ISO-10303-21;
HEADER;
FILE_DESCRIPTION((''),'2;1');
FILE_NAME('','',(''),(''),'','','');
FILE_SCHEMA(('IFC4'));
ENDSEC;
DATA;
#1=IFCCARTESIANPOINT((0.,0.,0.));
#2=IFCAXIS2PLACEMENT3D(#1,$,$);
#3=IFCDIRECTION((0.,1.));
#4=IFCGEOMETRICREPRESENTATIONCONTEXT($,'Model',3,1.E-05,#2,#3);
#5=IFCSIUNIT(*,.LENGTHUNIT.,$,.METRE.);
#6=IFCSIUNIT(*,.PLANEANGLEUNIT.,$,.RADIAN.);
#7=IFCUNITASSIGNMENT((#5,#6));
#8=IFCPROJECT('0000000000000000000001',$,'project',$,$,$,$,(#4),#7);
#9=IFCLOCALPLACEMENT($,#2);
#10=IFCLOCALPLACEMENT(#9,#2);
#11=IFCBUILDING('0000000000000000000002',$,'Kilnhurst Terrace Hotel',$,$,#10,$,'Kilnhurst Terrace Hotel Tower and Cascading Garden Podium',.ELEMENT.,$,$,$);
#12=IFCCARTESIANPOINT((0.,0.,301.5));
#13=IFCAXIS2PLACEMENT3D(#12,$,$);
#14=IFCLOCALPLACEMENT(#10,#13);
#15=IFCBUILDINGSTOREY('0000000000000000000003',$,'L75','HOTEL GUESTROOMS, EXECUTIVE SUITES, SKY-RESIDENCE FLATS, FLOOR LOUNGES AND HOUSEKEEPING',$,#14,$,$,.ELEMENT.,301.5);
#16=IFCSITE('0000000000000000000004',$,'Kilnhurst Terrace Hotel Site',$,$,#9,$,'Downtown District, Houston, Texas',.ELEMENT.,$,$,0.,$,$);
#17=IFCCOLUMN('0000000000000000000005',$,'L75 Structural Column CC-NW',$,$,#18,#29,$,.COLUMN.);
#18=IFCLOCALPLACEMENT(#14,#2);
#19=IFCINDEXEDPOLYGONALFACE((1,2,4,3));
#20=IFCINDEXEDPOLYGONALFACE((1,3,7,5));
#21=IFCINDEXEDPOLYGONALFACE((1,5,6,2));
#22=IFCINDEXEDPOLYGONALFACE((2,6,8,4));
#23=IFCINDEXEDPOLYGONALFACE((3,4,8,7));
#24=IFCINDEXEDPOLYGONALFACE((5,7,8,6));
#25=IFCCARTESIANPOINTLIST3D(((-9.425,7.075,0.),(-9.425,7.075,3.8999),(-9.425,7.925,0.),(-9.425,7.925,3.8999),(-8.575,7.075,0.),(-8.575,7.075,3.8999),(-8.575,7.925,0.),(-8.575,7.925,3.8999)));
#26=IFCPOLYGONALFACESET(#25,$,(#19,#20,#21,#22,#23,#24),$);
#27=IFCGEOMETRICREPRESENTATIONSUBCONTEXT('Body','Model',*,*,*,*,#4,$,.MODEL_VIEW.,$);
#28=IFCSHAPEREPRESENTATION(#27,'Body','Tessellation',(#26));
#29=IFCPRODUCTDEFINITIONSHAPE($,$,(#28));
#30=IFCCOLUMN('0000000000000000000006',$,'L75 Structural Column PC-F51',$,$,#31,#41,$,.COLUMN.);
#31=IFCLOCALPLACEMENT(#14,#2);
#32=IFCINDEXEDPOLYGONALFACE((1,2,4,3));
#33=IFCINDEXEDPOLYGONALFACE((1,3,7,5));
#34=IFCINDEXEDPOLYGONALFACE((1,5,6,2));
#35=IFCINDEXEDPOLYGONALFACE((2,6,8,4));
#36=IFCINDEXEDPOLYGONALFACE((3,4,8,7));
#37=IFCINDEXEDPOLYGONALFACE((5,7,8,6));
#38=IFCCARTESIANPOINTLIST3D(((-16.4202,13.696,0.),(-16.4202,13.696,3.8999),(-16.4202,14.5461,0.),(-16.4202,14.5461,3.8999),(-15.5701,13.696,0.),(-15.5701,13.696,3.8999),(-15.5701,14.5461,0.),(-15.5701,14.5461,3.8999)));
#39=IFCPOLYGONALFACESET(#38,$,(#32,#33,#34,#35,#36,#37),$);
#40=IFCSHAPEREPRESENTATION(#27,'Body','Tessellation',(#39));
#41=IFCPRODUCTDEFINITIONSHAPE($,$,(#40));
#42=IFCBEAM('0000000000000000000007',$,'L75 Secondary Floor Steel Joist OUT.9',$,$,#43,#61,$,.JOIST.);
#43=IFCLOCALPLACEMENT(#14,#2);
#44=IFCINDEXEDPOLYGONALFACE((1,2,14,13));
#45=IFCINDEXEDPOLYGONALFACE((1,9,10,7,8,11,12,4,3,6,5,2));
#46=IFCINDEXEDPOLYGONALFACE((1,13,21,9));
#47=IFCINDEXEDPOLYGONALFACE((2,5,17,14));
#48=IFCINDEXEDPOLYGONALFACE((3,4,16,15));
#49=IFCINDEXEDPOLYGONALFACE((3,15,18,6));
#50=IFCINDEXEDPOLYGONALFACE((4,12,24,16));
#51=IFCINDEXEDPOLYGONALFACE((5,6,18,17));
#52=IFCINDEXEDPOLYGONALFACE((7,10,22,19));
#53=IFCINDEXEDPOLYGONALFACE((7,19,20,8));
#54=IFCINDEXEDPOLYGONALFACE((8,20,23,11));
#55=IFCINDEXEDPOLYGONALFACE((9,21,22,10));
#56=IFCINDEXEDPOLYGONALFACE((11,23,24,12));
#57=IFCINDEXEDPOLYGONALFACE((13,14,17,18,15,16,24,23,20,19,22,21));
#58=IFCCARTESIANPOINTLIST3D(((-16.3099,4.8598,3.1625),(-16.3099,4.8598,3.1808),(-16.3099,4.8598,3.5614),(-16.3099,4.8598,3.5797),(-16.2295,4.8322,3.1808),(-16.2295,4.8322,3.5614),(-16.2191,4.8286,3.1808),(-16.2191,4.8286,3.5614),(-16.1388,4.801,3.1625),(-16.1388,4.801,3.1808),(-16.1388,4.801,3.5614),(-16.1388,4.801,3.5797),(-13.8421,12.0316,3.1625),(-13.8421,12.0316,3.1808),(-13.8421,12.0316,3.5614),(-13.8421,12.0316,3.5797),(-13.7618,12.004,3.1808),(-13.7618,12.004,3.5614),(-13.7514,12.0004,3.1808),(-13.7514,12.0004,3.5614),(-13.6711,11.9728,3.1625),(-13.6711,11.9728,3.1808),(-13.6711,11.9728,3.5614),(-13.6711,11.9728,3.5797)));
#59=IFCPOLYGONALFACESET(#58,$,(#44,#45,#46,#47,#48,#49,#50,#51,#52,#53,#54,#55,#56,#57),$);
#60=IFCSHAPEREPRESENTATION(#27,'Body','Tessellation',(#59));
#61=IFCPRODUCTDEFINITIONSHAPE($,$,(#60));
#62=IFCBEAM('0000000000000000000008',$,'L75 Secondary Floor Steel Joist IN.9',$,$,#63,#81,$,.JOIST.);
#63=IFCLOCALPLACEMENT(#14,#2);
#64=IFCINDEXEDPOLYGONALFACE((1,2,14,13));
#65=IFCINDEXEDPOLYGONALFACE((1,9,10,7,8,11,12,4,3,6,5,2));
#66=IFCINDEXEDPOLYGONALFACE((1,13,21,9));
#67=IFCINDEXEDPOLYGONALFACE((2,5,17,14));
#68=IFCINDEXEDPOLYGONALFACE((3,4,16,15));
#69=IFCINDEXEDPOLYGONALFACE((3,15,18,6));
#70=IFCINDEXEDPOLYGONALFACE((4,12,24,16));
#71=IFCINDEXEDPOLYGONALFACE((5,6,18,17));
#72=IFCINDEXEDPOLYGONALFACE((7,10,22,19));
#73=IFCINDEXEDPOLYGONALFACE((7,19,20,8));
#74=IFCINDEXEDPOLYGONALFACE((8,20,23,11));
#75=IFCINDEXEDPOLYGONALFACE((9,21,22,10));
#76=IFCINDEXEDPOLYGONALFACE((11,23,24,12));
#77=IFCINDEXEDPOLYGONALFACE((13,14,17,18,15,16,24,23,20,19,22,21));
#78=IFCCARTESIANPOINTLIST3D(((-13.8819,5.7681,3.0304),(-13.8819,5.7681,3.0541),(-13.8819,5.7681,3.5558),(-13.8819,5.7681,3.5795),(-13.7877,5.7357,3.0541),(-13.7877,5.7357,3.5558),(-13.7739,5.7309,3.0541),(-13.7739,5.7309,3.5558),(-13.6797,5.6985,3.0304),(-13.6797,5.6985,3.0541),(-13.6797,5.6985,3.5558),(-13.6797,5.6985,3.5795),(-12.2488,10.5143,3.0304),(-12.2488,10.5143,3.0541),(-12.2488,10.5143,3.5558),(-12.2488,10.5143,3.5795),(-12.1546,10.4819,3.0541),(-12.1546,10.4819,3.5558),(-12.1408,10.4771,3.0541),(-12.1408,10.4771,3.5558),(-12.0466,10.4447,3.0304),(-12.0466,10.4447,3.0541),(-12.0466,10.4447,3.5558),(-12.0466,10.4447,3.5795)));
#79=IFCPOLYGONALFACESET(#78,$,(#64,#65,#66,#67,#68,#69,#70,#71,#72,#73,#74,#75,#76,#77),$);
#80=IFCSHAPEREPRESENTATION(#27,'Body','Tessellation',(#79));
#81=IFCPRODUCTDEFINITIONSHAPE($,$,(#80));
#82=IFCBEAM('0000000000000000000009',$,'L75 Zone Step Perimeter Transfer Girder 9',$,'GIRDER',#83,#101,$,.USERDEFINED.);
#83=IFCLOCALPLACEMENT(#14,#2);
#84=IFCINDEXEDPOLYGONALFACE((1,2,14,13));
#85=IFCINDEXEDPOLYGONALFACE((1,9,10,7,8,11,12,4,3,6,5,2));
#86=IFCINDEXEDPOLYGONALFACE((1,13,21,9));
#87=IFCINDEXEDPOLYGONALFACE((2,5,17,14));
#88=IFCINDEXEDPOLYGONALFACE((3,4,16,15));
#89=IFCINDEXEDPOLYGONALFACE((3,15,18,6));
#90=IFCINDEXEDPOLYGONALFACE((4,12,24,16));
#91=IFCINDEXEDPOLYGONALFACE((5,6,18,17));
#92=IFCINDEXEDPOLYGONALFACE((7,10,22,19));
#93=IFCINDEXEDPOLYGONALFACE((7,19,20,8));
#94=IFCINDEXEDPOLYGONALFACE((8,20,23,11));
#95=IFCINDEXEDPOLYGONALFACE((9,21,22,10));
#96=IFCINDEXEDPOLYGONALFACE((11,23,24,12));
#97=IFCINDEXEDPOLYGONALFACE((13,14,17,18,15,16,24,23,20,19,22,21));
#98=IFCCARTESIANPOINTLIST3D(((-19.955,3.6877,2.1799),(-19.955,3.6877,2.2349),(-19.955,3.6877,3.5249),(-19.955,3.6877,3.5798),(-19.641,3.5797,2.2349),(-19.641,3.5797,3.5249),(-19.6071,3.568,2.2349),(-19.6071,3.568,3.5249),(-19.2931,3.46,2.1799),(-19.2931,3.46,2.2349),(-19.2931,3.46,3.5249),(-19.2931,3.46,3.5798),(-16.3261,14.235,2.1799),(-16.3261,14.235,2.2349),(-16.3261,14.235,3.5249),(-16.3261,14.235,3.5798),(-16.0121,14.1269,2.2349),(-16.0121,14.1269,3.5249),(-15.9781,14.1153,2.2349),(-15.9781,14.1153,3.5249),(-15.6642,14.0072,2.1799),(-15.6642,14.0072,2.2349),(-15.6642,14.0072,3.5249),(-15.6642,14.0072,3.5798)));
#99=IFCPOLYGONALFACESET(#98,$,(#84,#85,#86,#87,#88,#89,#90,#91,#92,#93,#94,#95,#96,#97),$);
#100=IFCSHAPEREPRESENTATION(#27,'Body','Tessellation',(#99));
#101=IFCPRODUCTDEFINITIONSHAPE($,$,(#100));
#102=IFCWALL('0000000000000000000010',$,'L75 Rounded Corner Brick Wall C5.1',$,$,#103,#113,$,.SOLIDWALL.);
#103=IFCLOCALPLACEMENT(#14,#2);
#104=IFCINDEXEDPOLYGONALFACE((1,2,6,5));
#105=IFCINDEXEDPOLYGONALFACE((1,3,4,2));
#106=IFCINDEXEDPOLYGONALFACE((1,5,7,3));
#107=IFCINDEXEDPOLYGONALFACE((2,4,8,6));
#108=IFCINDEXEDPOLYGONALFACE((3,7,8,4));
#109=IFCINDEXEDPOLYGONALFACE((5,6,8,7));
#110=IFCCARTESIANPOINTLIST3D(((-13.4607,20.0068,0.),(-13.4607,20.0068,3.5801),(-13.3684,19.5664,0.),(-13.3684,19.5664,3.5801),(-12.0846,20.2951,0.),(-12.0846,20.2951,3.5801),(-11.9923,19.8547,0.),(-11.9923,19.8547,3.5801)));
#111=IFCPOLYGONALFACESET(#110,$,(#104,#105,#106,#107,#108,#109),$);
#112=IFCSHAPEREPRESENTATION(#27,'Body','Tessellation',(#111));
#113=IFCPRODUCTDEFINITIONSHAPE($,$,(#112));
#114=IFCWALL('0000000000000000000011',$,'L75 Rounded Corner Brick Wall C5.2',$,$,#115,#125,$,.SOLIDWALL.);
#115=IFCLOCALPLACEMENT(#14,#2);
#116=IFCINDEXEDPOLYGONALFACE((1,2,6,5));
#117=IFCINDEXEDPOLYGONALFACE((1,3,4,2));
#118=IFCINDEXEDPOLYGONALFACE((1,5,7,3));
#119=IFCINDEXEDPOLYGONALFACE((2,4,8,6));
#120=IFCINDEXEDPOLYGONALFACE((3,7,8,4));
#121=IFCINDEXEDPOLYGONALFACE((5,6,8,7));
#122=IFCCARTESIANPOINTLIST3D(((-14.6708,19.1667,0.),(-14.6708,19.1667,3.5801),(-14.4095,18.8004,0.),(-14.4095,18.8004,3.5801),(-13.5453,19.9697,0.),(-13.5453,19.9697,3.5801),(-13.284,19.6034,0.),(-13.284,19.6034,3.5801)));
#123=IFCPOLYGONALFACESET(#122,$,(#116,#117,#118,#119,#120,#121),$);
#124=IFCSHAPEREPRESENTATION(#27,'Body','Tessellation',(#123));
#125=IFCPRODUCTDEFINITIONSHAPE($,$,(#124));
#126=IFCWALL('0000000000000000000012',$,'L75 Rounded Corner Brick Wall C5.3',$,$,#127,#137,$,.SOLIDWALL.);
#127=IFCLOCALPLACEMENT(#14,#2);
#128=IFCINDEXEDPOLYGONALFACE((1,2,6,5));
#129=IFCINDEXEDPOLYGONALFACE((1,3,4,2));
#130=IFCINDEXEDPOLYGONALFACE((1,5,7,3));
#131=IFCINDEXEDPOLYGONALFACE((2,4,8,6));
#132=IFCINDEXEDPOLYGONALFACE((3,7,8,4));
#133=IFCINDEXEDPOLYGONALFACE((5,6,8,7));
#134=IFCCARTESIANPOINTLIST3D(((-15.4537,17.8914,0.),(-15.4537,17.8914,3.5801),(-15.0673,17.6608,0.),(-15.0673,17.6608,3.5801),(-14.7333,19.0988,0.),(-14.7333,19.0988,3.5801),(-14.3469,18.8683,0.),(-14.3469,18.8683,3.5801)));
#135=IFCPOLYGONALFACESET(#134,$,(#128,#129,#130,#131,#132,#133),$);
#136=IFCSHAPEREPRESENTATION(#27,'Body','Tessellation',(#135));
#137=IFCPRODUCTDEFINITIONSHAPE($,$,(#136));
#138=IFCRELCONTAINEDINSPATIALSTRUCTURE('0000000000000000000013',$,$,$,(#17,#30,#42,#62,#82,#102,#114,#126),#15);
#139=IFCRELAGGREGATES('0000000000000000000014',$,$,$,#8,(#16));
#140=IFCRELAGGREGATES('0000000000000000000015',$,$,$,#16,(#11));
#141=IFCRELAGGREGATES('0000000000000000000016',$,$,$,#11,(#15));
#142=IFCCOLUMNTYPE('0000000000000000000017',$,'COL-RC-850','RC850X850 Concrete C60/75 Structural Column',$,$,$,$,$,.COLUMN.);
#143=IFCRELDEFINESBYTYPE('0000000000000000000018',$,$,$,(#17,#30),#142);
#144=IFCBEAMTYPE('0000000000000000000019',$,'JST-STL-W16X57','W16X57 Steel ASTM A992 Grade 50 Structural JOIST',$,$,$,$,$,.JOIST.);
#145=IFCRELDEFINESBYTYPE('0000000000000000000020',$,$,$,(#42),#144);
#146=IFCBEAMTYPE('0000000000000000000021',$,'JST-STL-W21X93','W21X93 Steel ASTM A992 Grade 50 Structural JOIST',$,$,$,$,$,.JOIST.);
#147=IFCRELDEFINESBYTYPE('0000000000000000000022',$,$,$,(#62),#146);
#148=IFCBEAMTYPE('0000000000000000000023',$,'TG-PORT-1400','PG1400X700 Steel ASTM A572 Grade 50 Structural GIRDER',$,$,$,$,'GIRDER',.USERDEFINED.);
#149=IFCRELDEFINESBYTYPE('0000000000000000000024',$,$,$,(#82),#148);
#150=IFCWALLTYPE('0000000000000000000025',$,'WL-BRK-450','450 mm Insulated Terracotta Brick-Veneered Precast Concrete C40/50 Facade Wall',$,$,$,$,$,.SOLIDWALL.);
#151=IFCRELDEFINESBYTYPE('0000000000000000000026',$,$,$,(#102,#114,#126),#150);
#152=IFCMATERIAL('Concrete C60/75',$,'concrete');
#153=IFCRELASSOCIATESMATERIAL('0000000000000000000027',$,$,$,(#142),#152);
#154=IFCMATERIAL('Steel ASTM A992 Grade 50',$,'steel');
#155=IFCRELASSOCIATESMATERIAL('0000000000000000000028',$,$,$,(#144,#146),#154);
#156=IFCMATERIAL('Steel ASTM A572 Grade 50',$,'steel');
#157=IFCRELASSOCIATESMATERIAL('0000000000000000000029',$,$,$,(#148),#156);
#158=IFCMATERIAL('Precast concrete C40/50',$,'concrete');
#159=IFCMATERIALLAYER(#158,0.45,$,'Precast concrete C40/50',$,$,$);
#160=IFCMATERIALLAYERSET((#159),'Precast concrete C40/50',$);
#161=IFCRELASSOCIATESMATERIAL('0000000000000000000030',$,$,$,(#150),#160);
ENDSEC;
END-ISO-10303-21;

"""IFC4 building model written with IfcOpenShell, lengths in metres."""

from ifc_helpers import new_model, si_unit, direction, frame, frame_2d, origin, origin_2d, place, context, subcontext, project, spatial, rectangle, i_section, extrude, material, layer, layer_set, material_profile, profile_set, type_object, element, save


model = new_model("IFC4")

# Units and contexts
model_context = context("Model", 3, precision=1e-05, world=origin(), true_north=direction((0.0, 1.0)))
body_context = subcontext(model_context, "Body", "Model", "MODEL_VIEW")
ifc_project = project(units=[si_unit("LENGTHUNIT", "METRE"), si_unit("PLANEANGLEUNIT", "RADIAN")], contexts=[model_context])

# Site, building, storey
site_placement = place(None, origin())
site = spatial("IfcSite", under=ifc_project, at=site_placement, Name="Kilnhurst Terrace Hotel Site", LongName="Downtown District, Houston, Texas", CompositionType="ELEMENT", RefElevation=0.0)
building_placement = place(site_placement, origin())
building = spatial("IfcBuilding", under=site, at=building_placement, Name="Kilnhurst Terrace Hotel", LongName="Kilnhurst Terrace Hotel Tower and Cascading Garden Podium", CompositionType="ELEMENT")
storey_placement = place(building_placement, frame((0.0, 0.0, 301.5)))
storey = spatial("IfcBuildingStorey", under=building, at=storey_placement, Name="L75", Description="HOTEL GUESTROOMS, EXECUTIVE SUITES, SKY-RESIDENCE FLATS, FLOOR LOUNGES AND HOUSEKEEPING", CompositionType="ELEMENT", Elevation=301.5)

# Columns
ifc_material_1 = material(Name="Concrete C60/75", Category="concrete")
ifc_material_profile_1 = material_profile(ifc_material_1, rectangle(XDim=0.8501, YDim=0.8501, at=origin_2d()), Name="RC850X850")
ifc_profile_set_1 = profile_set([ifc_material_profile_1], Name="Concrete C60/75")
column_type = type_object("IfcColumnType", Name="COL-RC-850", Description="RC850X850 Concrete C60/75 Structural Column", PredefinedType="COLUMN", material=ifc_profile_set_1)
for number, where, z_axis, x_axis, name in (
    (1, (-9.0, 7.5, 0.0), (0.0, 0.0, 1.0), (1.0, 0.0, 0.0), "L75 Structural Column CC-NW"),
    (2, (-15.9951, 14.1211, 0.0), (0.0, 0.0, 1.0), (1.0, 0.0, 0.0), "L75 Structural Column PC-F51"),
):
    element("IfcColumn", number, at=place(storey_placement, frame(where, z_axis=z_axis, x_axis=x_axis)), inside=storey, type_object=column_type, Name=name, PredefinedType="COLUMN", context=body_context, shape_type="SweptSolid", body=[
        extrude(rectangle(XDim=0.8501, YDim=0.8501, at=origin_2d()), origin(), (0.0, 0.0, 1.0), 3.8999),
    ])

# Beams
ifc_material_2 = material(Name="Steel ASTM A992 Grade 50", Category="steel")
ifc_material_profile_2 = material_profile(ifc_material_2, i_section(OverallWidth=0.1809, OverallDepth=0.4172, WebThickness=0.011, FlangeThickness=0.0183, at=origin_2d()), Name="W16X57")
ifc_profile_set_2 = profile_set([ifc_material_profile_2], Name="Steel ASTM A992 Grade 50")
beam_type_1 = type_object("IfcBeamType", Name="JST-STL-W16X57", Description="W16X57 Steel ASTM A992 Grade 50 Structural JOIST", PredefinedType="JOIST", material=ifc_profile_set_2)
beam_1_placement = place(storey_placement, frame((-13.7566, 12.0022, 3.3711), z_axis=(-0.325368, -0.945588, 0.0), x_axis=(0.945588, -0.325368, 0.0)))
element("IfcBeam", 3, at=beam_1_placement, inside=storey, type_object=beam_type_1, Name="L75 Secondary Floor Steel Joist OUT.9", PredefinedType="JOIST", context=body_context, shape_type="SweptSolid", body=[
    extrude(i_section(OverallWidth=0.1809, OverallDepth=0.4172, WebThickness=0.011, FlangeThickness=0.0183, at=origin_2d()), origin(), (0.0, 0.0, 1.0), 7.5845),
])
ifc_material_profile_3 = material_profile(ifc_material_2, i_section(OverallWidth=0.2139, OverallDepth=0.5491, WebThickness=0.0146, FlangeThickness=0.0237, at=origin_2d()), Name="W21X93")
ifc_profile_set_3 = profile_set([ifc_material_profile_3], Name="Steel ASTM A992 Grade 50")
beam_type_2 = type_object("IfcBeamType", Name="JST-STL-W21X93", Description="W21X93 Steel ASTM A992 Grade 50 Structural JOIST", PredefinedType="JOIST", material=ifc_profile_set_3)
beam_2_placement = place(storey_placement, frame((-12.1477, 10.4795, 3.3049), z_axis=(-0.325363, -0.945589, 0.0), x_axis=(0.945589, -0.325363, 0.0)))
element("IfcBeam", 4, at=beam_2_placement, inside=storey, type_object=beam_type_2, Name="L75 Secondary Floor Steel Joist IN.9", PredefinedType="JOIST", context=body_context, shape_type="SweptSolid", body=[
    extrude(i_section(OverallWidth=0.2139, OverallDepth=0.5491, WebThickness=0.0146, FlangeThickness=0.0237, at=origin_2d()), origin(), (0.0, 0.0, 1.0), 5.0193),
])
ifc_material_3 = material(Name="Steel ASTM A572 Grade 50", Category="steel")
ifc_material_profile_4 = material_profile(ifc_material_3, i_section(OverallWidth=0.7, OverallDepth=1.3999, WebThickness=0.0359, FlangeThickness=0.0549, at=origin_2d()), Name="PG1400X700")
ifc_profile_set_4 = profile_set([ifc_material_profile_4], Name="Steel ASTM A572 Grade 50")
beam_type_3 = type_object("IfcBeamType", Name="TG-PORT-1400", Description="PG1400X700 Steel ASTM A572 Grade 50 Structural GIRDER", ElementType="GIRDER", PredefinedType="USERDEFINED", material=ifc_profile_set_4)
beam_3_placement = place(storey_placement, frame((-15.9951, 14.1211, 2.8799), z_axis=(-0.325347, -0.945595, 0.0), x_axis=(0.945595, -0.325347, 0.0)))
element("IfcBeam", 5, at=beam_3_placement, inside=storey, type_object=beam_type_3, Name="L75 Zone Step Perimeter Transfer Girder 9", ObjectType="GIRDER", PredefinedType="USERDEFINED", context=body_context, shape_type="SweptSolid", body=[
    extrude(i_section(OverallWidth=0.7, OverallDepth=1.3999, WebThickness=0.0359, FlangeThickness=0.0549, at=origin_2d()), origin(), (0.0, 0.0, 1.0), 11.1541),
])

# Walls
ifc_material_4 = material(Name="Precast concrete C40/50", Category="concrete")
ifc_layer_1 = layer(ifc_material_4, 0.45, Name="Precast concrete C40/50")
ifc_layer_set_1 = layer_set([ifc_layer_1], Name="Precast concrete C40/50")
wall_type_1 = type_object("IfcWallType", Name="WL-BRK-450", Description="450 mm Insulated Terracotta Brick-Veneered Precast Concrete C40/50 Facade Wall", PredefinedType="SOLIDWALL", material=ifc_layer_set_1)
wall_1_placement = place(storey_placement, frame((-12.0383, 20.075, 0.0), z_axis=(0.0, 0.0, 1.0), x_axis=(-0.97875, -0.205057, 0.0)))
element("IfcWall", 6, at=wall_1_placement, inside=storey, type_object=wall_type_1, Name="L75 Rounded Corner Brick Wall C5.1", PredefinedType="SOLIDWALL", context=body_context, shape_type="SweptSolid", body=[
    extrude(rectangle(XDim=1.406, YDim=0.45, at=frame_2d((0.7031, 0.0))), origin(), (0.0, 0.0, 1.0), 3.5801),
])
wall_2_placement = place(storey_placement, frame((-13.4146, 19.7866, 0.0), z_axis=(0.0, 0.0, 1.0), x_axis=(-0.814055, -0.580787, 0.0)))
element("IfcWall", 7, at=wall_2_placement, inside=storey, type_object=wall_type_1, Name="L75 Rounded Corner Brick Wall C5.2", PredefinedType="SOLIDWALL", context=body_context, shape_type="SweptSolid", body=[
    extrude(rectangle(XDim=1.3826, YDim=0.45, at=frame_2d((0.6914, 0.0))), origin(), (0.0, 0.0, 1.0), 3.5801),
])
wall_3_placement = place(storey_placement, frame((-14.54, 18.9836, 0.0), z_axis=(0.0, 0.0, 1.0), x_axis=(-0.512375, -0.858762, 0.0)))
element("IfcWall", 8, at=wall_3_placement, inside=storey, type_object=wall_type_1, Name="L75 Rounded Corner Brick Wall C5.3", PredefinedType="SOLIDWALL", context=body_context, shape_type="SweptSolid", body=[
    extrude(rectangle(XDim=1.406, YDim=0.45, at=frame_2d((0.7031, 0.0))), origin(), (0.0, 0.0, 1.0), 3.5801),
])

save(model, "model.ifc")
